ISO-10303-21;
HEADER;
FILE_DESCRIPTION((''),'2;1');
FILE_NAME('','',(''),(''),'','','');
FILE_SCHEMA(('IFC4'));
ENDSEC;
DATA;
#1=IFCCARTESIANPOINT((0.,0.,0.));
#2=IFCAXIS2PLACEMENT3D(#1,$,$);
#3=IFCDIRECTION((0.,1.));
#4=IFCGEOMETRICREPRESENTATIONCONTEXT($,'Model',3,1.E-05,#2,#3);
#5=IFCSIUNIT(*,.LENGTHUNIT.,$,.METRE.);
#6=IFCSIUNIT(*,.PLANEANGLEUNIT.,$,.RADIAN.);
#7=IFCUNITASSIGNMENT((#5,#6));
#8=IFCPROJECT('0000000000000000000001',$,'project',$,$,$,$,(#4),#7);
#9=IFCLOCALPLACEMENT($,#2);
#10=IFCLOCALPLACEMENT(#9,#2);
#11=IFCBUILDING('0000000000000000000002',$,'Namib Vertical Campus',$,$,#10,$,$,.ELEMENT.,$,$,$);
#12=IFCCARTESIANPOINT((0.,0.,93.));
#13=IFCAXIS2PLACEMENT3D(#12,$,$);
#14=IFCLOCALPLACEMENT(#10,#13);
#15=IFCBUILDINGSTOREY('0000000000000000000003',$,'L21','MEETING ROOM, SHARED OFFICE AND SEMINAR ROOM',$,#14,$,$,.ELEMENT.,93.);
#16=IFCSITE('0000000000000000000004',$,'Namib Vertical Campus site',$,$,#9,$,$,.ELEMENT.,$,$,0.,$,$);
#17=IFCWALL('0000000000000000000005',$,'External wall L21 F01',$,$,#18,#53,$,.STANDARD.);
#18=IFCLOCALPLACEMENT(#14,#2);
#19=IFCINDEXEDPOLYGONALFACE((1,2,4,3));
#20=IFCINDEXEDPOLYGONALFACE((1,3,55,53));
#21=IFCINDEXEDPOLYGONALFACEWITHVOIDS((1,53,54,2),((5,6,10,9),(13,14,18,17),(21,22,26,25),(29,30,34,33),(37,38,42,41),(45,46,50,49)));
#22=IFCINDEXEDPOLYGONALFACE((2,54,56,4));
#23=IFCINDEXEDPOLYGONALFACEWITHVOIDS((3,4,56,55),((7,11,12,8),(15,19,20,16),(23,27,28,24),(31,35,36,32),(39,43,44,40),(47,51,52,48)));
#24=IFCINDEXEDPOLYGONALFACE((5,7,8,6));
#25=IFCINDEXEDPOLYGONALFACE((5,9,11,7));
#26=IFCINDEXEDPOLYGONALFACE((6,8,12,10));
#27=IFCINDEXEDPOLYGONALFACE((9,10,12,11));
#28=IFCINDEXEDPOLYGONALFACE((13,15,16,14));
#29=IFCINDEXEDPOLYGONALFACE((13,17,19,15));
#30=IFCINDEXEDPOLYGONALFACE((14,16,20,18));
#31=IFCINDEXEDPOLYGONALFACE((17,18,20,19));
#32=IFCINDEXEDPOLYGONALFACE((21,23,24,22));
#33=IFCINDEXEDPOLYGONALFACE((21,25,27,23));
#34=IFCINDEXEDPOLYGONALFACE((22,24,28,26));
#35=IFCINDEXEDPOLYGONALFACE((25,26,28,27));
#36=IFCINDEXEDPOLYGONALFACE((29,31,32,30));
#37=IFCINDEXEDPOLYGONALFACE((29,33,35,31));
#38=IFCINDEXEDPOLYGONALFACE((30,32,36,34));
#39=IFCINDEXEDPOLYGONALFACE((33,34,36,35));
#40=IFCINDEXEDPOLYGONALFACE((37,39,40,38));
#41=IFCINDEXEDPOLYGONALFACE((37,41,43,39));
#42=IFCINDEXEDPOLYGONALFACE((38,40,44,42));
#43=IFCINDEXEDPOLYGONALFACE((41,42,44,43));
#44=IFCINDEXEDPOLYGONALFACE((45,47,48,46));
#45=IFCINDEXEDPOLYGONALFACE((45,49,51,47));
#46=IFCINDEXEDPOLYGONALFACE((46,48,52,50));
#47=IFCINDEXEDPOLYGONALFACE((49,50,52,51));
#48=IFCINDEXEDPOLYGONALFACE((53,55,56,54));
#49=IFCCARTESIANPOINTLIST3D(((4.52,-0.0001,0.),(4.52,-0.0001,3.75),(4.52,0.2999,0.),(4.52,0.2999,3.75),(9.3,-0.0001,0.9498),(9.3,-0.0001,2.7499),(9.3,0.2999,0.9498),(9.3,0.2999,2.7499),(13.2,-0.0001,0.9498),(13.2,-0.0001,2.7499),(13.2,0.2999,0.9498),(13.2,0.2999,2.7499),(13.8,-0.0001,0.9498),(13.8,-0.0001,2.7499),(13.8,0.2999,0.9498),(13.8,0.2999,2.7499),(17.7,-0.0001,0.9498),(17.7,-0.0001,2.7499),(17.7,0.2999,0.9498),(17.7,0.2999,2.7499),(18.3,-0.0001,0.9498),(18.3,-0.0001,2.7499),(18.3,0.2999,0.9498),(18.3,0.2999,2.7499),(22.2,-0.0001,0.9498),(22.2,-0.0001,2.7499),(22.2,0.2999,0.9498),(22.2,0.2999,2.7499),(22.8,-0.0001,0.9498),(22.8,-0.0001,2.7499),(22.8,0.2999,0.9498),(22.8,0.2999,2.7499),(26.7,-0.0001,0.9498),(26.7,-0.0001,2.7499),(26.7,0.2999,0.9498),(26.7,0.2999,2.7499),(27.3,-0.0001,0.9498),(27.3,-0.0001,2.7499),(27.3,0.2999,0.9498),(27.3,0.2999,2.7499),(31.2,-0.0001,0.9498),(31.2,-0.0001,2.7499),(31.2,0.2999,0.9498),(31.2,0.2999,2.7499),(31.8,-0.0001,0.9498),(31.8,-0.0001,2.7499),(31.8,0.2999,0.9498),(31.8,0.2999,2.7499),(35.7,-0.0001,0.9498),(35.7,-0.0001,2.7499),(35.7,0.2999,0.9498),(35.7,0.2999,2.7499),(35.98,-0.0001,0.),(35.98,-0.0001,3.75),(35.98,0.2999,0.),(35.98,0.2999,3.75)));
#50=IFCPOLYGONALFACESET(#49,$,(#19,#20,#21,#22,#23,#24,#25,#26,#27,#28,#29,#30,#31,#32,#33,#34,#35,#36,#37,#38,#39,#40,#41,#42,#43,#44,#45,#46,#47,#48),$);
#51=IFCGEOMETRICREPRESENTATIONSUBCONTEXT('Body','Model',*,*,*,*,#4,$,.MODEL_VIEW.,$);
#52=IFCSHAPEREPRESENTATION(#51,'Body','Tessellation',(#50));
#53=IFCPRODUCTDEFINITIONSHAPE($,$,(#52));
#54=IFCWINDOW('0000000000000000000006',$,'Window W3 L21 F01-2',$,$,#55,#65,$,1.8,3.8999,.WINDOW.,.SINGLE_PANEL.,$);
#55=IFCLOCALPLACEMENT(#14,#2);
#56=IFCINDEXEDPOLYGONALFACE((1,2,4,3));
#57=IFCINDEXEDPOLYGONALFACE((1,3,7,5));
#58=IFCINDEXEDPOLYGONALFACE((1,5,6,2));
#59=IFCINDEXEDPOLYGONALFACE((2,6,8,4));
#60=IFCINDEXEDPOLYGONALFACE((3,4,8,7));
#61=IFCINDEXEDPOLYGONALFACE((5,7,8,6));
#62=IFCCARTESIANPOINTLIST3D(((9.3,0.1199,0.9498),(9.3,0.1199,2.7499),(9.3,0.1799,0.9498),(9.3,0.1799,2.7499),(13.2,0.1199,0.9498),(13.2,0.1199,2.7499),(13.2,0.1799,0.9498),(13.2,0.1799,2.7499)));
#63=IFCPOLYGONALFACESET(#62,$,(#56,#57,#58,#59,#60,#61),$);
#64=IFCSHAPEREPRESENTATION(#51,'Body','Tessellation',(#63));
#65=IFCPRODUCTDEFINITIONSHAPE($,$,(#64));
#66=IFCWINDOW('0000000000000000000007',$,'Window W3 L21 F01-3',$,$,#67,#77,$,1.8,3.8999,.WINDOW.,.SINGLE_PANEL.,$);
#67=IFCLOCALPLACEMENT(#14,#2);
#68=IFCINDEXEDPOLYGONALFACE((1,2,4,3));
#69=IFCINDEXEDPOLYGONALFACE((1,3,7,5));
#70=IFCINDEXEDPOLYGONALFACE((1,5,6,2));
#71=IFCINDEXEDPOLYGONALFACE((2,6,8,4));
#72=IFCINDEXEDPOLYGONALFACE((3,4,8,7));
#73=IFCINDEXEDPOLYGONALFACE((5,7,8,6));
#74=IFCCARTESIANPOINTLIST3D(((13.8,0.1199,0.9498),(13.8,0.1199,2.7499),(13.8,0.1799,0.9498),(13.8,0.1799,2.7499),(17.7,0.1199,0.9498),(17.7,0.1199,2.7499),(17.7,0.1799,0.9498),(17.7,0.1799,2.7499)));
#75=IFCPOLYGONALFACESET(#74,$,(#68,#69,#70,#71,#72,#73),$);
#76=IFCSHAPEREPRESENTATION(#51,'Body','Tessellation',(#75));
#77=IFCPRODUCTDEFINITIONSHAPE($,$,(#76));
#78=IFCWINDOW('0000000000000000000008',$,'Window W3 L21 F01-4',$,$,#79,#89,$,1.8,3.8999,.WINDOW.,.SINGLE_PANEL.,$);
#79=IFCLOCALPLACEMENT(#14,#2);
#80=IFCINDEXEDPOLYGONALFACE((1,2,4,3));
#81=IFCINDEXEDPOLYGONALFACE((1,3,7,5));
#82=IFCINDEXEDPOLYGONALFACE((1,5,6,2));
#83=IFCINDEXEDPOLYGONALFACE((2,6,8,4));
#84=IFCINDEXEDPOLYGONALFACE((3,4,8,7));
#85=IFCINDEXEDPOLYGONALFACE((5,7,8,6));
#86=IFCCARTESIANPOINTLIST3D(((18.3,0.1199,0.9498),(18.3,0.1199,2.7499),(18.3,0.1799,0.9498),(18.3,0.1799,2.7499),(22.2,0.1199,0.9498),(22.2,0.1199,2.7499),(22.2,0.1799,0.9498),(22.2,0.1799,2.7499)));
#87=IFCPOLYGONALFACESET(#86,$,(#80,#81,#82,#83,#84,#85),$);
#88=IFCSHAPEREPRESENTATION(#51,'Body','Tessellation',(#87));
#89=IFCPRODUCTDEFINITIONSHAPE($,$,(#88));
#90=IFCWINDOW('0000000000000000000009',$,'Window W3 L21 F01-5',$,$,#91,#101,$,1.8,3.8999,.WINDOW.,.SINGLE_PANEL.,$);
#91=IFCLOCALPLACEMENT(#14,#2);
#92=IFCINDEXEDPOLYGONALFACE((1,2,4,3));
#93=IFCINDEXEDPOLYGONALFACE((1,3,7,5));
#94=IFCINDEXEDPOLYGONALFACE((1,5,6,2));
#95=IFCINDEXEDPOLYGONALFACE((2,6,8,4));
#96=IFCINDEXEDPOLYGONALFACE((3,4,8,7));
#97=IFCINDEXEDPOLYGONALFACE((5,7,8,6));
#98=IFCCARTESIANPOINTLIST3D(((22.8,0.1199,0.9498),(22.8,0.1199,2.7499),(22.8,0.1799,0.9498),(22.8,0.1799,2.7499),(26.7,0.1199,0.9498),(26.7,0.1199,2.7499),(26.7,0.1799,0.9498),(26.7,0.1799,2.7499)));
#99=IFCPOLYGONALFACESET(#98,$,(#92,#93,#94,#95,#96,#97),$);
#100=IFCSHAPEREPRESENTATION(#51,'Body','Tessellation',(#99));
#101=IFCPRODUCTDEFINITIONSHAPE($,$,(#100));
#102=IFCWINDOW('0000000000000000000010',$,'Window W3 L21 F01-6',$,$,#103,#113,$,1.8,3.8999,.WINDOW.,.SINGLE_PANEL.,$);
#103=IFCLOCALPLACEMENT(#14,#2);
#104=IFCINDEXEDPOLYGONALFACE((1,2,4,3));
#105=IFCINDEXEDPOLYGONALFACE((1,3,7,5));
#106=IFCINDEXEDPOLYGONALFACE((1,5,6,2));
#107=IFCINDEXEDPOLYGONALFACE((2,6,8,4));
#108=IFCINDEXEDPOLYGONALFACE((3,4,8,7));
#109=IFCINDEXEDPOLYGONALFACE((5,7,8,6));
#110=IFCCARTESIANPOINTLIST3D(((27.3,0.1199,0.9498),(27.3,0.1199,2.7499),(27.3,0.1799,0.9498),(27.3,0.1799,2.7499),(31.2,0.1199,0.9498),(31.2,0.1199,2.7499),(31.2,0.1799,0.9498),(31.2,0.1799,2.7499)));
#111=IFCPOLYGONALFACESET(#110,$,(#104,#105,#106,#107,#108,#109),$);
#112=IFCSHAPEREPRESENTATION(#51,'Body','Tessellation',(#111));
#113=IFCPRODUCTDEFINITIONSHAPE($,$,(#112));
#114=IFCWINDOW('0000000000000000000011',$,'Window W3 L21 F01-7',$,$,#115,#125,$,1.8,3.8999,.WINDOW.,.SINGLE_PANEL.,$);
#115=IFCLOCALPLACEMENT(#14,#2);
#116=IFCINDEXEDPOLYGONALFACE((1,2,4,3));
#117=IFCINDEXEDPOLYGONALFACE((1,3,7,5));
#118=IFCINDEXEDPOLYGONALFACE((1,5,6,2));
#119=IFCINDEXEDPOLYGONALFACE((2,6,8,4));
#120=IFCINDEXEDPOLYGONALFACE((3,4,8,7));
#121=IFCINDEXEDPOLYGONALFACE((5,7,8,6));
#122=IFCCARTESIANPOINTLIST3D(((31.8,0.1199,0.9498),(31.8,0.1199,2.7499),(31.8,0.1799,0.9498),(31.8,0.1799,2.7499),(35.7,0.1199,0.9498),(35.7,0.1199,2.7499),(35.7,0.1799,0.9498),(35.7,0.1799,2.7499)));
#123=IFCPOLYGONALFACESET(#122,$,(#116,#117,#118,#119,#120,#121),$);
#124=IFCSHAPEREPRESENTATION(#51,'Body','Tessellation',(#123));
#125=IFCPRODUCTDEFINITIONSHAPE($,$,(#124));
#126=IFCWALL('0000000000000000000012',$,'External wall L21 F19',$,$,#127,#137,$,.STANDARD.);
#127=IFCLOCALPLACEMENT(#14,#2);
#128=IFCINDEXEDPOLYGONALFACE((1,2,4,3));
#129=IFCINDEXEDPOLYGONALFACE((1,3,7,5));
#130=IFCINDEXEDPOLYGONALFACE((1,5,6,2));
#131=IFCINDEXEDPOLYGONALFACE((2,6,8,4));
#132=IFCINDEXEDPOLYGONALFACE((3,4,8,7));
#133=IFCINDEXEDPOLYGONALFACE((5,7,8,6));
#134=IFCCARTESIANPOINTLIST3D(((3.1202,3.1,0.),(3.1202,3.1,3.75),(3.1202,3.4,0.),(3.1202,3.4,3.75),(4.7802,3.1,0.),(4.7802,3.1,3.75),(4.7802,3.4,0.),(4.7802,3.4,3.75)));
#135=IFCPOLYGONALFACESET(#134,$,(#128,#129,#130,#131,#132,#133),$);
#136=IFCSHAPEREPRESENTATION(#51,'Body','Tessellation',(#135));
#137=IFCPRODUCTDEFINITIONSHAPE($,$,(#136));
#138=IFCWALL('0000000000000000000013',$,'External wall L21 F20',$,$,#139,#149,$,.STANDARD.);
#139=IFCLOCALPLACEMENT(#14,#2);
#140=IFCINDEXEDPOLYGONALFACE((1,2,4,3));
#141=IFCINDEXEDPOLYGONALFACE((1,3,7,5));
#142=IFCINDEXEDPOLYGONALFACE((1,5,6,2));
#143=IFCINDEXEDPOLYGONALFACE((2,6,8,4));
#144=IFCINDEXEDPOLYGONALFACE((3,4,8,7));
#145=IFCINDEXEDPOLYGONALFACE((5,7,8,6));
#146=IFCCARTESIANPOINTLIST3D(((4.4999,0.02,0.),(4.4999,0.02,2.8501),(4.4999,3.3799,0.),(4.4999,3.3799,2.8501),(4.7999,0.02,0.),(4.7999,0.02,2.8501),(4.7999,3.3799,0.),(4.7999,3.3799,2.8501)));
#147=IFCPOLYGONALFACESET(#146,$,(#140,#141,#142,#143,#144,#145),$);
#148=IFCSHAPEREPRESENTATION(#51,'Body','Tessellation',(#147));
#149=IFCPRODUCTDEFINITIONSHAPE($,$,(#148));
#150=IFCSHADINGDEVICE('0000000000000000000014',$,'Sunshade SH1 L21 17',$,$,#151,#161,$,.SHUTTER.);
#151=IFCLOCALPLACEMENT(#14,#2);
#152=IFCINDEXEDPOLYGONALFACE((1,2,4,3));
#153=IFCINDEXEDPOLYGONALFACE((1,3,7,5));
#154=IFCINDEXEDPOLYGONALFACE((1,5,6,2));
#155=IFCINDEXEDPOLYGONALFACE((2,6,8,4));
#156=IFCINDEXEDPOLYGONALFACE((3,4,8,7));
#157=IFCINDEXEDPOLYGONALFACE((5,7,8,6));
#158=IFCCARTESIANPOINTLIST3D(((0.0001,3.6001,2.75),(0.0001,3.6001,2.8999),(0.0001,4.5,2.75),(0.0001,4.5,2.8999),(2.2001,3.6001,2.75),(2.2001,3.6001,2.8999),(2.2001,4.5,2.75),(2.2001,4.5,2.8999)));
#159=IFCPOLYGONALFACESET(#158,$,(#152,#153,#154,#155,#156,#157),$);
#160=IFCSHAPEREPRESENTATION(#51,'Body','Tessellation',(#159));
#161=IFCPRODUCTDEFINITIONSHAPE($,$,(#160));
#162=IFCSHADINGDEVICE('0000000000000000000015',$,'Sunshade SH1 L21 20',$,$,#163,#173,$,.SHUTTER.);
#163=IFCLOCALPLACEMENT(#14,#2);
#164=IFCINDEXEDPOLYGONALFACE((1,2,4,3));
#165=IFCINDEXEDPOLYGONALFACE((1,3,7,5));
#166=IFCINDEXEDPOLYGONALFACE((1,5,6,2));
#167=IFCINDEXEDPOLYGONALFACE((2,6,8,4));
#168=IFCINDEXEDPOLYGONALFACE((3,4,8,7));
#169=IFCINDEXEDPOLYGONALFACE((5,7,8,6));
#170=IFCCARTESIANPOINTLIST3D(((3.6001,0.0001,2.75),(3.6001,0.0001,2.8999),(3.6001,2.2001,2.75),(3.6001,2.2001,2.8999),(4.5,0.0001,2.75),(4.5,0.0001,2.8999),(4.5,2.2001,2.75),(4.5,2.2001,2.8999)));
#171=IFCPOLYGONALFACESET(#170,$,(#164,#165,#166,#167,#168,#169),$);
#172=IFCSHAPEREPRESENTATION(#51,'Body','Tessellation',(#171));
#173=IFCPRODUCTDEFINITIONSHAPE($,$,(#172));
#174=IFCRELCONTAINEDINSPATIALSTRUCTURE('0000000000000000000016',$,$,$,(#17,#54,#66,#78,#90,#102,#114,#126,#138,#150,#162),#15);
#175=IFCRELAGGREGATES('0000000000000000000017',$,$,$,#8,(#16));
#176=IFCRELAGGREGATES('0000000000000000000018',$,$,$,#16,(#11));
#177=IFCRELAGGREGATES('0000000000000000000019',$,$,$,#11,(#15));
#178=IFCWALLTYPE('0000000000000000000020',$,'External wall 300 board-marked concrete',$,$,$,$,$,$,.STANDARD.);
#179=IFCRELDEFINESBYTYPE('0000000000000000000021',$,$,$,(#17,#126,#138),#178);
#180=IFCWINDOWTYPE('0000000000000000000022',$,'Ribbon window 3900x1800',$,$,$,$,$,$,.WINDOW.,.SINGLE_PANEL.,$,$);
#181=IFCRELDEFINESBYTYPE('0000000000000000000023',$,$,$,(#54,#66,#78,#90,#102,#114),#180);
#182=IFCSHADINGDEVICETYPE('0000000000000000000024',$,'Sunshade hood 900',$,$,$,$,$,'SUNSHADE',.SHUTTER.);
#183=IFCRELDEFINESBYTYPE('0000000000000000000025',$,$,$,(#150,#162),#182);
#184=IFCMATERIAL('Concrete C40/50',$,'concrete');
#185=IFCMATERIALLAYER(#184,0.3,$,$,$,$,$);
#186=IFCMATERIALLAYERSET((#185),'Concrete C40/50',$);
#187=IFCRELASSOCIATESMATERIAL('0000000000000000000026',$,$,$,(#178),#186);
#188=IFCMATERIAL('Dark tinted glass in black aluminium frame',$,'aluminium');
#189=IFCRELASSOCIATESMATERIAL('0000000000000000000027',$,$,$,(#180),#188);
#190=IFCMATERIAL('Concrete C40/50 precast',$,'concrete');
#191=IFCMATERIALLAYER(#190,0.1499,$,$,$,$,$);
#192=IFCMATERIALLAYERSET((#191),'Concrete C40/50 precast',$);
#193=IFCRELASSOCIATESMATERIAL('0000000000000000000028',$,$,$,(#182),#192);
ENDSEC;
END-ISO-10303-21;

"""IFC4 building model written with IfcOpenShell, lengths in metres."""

from ifc_helpers import new_model, si_unit, direction, frame, frame_2d, origin, origin_2d, place, context, subcontext, project, spatial, rectangle, extrude, material, layer, layer_set, type_object, element, fill, save


model = new_model("IFC4")

# Units and contexts
model_context = context("Model", 3, precision=1e-05, world=origin(), true_north=direction((0.0, 1.0)))
body_context = subcontext(model_context, "Body", "Model", "MODEL_VIEW")
ifc_project = project(units=[si_unit("LENGTHUNIT", "METRE"), si_unit("PLANEANGLEUNIT", "RADIAN")], contexts=[model_context])

# Site, building, storey
site_placement = place(None, origin())
site = spatial("IfcSite", under=ifc_project, at=site_placement, Name="Namib Vertical Campus site", CompositionType="ELEMENT", RefElevation=0.0)
building_placement = place(site_placement, origin())
building = spatial("IfcBuilding", under=site, at=building_placement, Name="Namib Vertical Campus", CompositionType="ELEMENT")
storey_placement = place(building_placement, frame((0.0, 0.0, 93.0)))
storey = spatial("IfcBuildingStorey", under=building, at=storey_placement, Name="L21", Description="MEETING ROOM, SHARED OFFICE AND SEMINAR ROOM", CompositionType="ELEMENT", Elevation=93.0)

# Wall, openings, windows
ifc_material_1 = material(Name="Concrete C40/50", Category="concrete")
ifc_layer_1 = layer(ifc_material_1, 0.3)
ifc_layer_set_1 = layer_set([ifc_layer_1], Name="Concrete C40/50")
wall_type = type_object("IfcWallType", Name="External wall 300 board-marked concrete", PredefinedType="STANDARD", material=ifc_layer_set_1)
wall_1_placement = place(storey_placement, frame((4.52, 0.1499, 0.0), z_axis=(0.0, 0.0, 1.0), x_axis=(1.0, 0.0, 0.0)))
wall_1 = element("IfcWall", 1, at=wall_1_placement, inside=storey, type_object=wall_type, Name="External wall L21 F01", PredefinedType="STANDARD", context=body_context, shape_type="SweptSolid", body=[
    extrude(rectangle(XDim=31.46, YDim=0.3, at=frame_2d((15.73, 0.0))), origin(), (0.0, 0.0, 1.0), 3.75),
])
opening_1_placement = place(wall_1_placement, frame((4.78, 0.0, 0.95)))
opening_1 = element("IfcOpeningElement", 2, at=opening_1_placement, cuts=wall_1, PredefinedType="OPENING", context=body_context, shape_type="SweptSolid", body=[
    extrude(rectangle(XDim=3.8999, YDim=1.8, at=frame_2d((1.95, 0.8999))), frame((0.0, 0.1599, 0.0), z_axis=(0.0, -1.0, 0.0), x_axis=(1.0, 0.0, 0.0)), (0.0, 0.0, 1.0), 0.3201),
])
opening_2_placement = place(wall_1_placement, frame((9.28, 0.0, 0.95)))
opening_2 = element("IfcOpeningElement", 3, at=opening_2_placement, cuts=wall_1, PredefinedType="OPENING", context=body_context, shape_type="SweptSolid", body=[
    extrude(rectangle(XDim=3.8999, YDim=1.8, at=frame_2d((1.95, 0.8999))), frame((0.0, 0.1599, 0.0), z_axis=(0.0, -1.0, 0.0), x_axis=(1.0, 0.0, 0.0)), (0.0, 0.0, 1.0), 0.3201),
])
opening_3_placement = place(wall_1_placement, frame((13.78, 0.0, 0.95)))
opening_3 = element("IfcOpeningElement", 4, at=opening_3_placement, cuts=wall_1, PredefinedType="OPENING", context=body_context, shape_type="SweptSolid", body=[
    extrude(rectangle(XDim=3.8999, YDim=1.8, at=frame_2d((1.95, 0.8999))), frame((0.0, 0.1599, 0.0), z_axis=(0.0, -1.0, 0.0), x_axis=(1.0, 0.0, 0.0)), (0.0, 0.0, 1.0), 0.3201),
])
opening_4_placement = place(wall_1_placement, frame((18.28, 0.0, 0.95)))
opening_4 = element("IfcOpeningElement", 5, at=opening_4_placement, cuts=wall_1, PredefinedType="OPENING", context=body_context, shape_type="SweptSolid", body=[
    extrude(rectangle(XDim=3.8999, YDim=1.8, at=frame_2d((1.95, 0.8999))), frame((0.0, 0.1599, 0.0), z_axis=(0.0, -1.0, 0.0), x_axis=(1.0, 0.0, 0.0)), (0.0, 0.0, 1.0), 0.3201),
])
opening_5_placement = place(wall_1_placement, frame((22.78, 0.0, 0.95)))
opening_5 = element("IfcOpeningElement", 6, at=opening_5_placement, cuts=wall_1, PredefinedType="OPENING", context=body_context, shape_type="SweptSolid", body=[
    extrude(rectangle(XDim=3.8999, YDim=1.8, at=frame_2d((1.95, 0.8999))), frame((0.0, 0.1599, 0.0), z_axis=(0.0, -1.0, 0.0), x_axis=(1.0, 0.0, 0.0)), (0.0, 0.0, 1.0), 0.3201),
])
opening_6_placement = place(wall_1_placement, frame((27.28, 0.0, 0.95)))
opening_6 = element("IfcOpeningElement", 7, at=opening_6_placement, cuts=wall_1, PredefinedType="OPENING", context=body_context, shape_type="SweptSolid", body=[
    extrude(rectangle(XDim=3.8999, YDim=1.8, at=frame_2d((1.95, 0.8999))), frame((0.0, 0.1599, 0.0), z_axis=(0.0, -1.0, 0.0), x_axis=(1.0, 0.0, 0.0)), (0.0, 0.0, 1.0), 0.3201),
])
ifc_material_2 = material(Name="Dark tinted glass in black aluminium frame", Category="aluminium")
window_type = type_object("IfcWindowType", Name="Ribbon window 3900x1800", PartitioningType="SINGLE_PANEL", PredefinedType="WINDOW", material=ifc_material_2)
window_1_placement = place(opening_1_placement, origin())
window_1 = element("IfcWindow", 8, at=window_1_placement, inside=storey, type_object=window_type, Name="Window W3 L21 F01-2", OverallHeight=1.8, OverallWidth=3.8999, PartitioningType="SINGLE_PANEL", PredefinedType="WINDOW", context=body_context, shape_type="SweptSolid", body=[
    extrude(rectangle(XDim=3.8999, YDim=1.8, at=frame_2d((1.95, 0.8999))), frame((0.0, 0.03, 0.0), z_axis=(0.0, -1.0, 0.0), x_axis=(1.0, 0.0, 0.0)), (0.0, 0.0, 1.0), 0.0601),
])
fill(opening_1, window_1)
window_2_placement = place(opening_2_placement, origin())
window_2 = element("IfcWindow", 9, at=window_2_placement, inside=storey, type_object=window_type, Name="Window W3 L21 F01-3", OverallHeight=1.8, OverallWidth=3.8999, PartitioningType="SINGLE_PANEL", PredefinedType="WINDOW", context=body_context, shape_type="SweptSolid", body=[
    extrude(rectangle(XDim=3.8999, YDim=1.8, at=frame_2d((1.95, 0.8999))), frame((0.0, 0.03, 0.0), z_axis=(0.0, -1.0, 0.0), x_axis=(1.0, 0.0, 0.0)), (0.0, 0.0, 1.0), 0.0601),
])
fill(opening_2, window_2)
window_3_placement = place(opening_3_placement, origin())
window_3 = element("IfcWindow", 10, at=window_3_placement, inside=storey, type_object=window_type, Name="Window W3 L21 F01-4", OverallHeight=1.8, OverallWidth=3.8999, PartitioningType="SINGLE_PANEL", PredefinedType="WINDOW", context=body_context, shape_type="SweptSolid", body=[
    extrude(rectangle(XDim=3.8999, YDim=1.8, at=frame_2d((1.95, 0.8999))), frame((0.0, 0.03, 0.0), z_axis=(0.0, -1.0, 0.0), x_axis=(1.0, 0.0, 0.0)), (0.0, 0.0, 1.0), 0.0601),
])
fill(opening_3, window_3)
window_4_placement = place(opening_4_placement, origin())
window_4 = element("IfcWindow", 11, at=window_4_placement, inside=storey, type_object=window_type, Name="Window W3 L21 F01-5", OverallHeight=1.8, OverallWidth=3.8999, PartitioningType="SINGLE_PANEL", PredefinedType="WINDOW", context=body_context, shape_type="SweptSolid", body=[
    extrude(rectangle(XDim=3.8999, YDim=1.8, at=frame_2d((1.95, 0.8999))), frame((0.0, 0.03, 0.0), z_axis=(0.0, -1.0, 0.0), x_axis=(1.0, 0.0, 0.0)), (0.0, 0.0, 1.0), 0.0601),
])
fill(opening_4, window_4)
window_5_placement = place(opening_5_placement, origin())
window_5 = element("IfcWindow", 12, at=window_5_placement, inside=storey, type_object=window_type, Name="Window W3 L21 F01-6", OverallHeight=1.8, OverallWidth=3.8999, PartitioningType="SINGLE_PANEL", PredefinedType="WINDOW", context=body_context, shape_type="SweptSolid", body=[
    extrude(rectangle(XDim=3.8999, YDim=1.8, at=frame_2d((1.95, 0.8999))), frame((0.0, 0.03, 0.0), z_axis=(0.0, -1.0, 0.0), x_axis=(1.0, 0.0, 0.0)), (0.0, 0.0, 1.0), 0.0601),
])
fill(opening_5, window_5)
window_6_placement = place(opening_6_placement, origin())
window_6 = element("IfcWindow", 13, at=window_6_placement, inside=storey, type_object=window_type, Name="Window W3 L21 F01-7", OverallHeight=1.8, OverallWidth=3.8999, PartitioningType="SINGLE_PANEL", PredefinedType="WINDOW", context=body_context, shape_type="SweptSolid", body=[
    extrude(rectangle(XDim=3.8999, YDim=1.8, at=frame_2d((1.95, 0.8999))), frame((0.0, 0.03, 0.0), z_axis=(0.0, -1.0, 0.0), x_axis=(1.0, 0.0, 0.0)), (0.0, 0.0, 1.0), 0.0601),
])
fill(opening_6, window_6)

# Walls
wall_2_placement = place(storey_placement, frame((3.1201, 3.25, 0.0), z_axis=(0.0, 0.0, 1.0), x_axis=(1.0, 0.0, 0.0)))
element("IfcWall", 14, at=wall_2_placement, inside=storey, type_object=wall_type, Name="External wall L21 F19", PredefinedType="STANDARD", context=body_context, shape_type="SweptSolid", body=[
    extrude(rectangle(XDim=1.6599, YDim=0.3, at=frame_2d((0.8301, 0.0))), origin(), (0.0, 0.0, 1.0), 3.75),
])
wall_3_placement = place(storey_placement, frame((4.6499, 3.3799, 0.0), z_axis=(0.0, 0.0, 1.0), x_axis=(0.0, -1.0, 0.0)))
element("IfcWall", 15, at=wall_3_placement, inside=storey, type_object=wall_type, Name="External wall L21 F20", PredefinedType="STANDARD", context=body_context, shape_type="SweptSolid", body=[
    extrude(rectangle(XDim=3.3599, YDim=0.3, at=frame_2d((1.6799, 0.0))), origin(), (0.0, 0.0, 1.0), 2.8501),
])

# Shading devices
ifc_material_3 = material(Name="Concrete C40/50 precast", Category="concrete")
ifc_layer_2 = layer(ifc_material_3, 0.1499)
ifc_layer_set_2 = layer_set([ifc_layer_2], Name="Concrete C40/50 precast")
shading_device_type = type_object("IfcShadingDeviceType", Name="Sunshade hood 900", ElementType="SUNSHADE", PredefinedType="SHUTTER", material=ifc_layer_set_2)
for number, where, z_axis, x_axis, name in (
    (16, (1.1001, 4.05, 2.75), (0.0, 0.0, 1.0), (1.0, 0.0, 0.0), "Sunshade SH1 L21 17"),
    (17, (4.05, 1.1001, 2.75), (0.0, 0.0, 1.0), (0.0, -1.0, 0.0), "Sunshade SH1 L21 20"),
):
    element("IfcShadingDevice", number, at=place(storey_placement, frame(where, z_axis=z_axis, x_axis=x_axis)), inside=storey, type_object=shading_device_type, Name=name, PredefinedType="SHUTTER", context=body_context, shape_type="SweptSolid", body=[
        extrude(rectangle(XDim=2.2, YDim=0.8999, at=origin_2d()), origin(), (0.0, 0.0, 1.0), 0.1499),
    ])

save(model, "model.ifc")
